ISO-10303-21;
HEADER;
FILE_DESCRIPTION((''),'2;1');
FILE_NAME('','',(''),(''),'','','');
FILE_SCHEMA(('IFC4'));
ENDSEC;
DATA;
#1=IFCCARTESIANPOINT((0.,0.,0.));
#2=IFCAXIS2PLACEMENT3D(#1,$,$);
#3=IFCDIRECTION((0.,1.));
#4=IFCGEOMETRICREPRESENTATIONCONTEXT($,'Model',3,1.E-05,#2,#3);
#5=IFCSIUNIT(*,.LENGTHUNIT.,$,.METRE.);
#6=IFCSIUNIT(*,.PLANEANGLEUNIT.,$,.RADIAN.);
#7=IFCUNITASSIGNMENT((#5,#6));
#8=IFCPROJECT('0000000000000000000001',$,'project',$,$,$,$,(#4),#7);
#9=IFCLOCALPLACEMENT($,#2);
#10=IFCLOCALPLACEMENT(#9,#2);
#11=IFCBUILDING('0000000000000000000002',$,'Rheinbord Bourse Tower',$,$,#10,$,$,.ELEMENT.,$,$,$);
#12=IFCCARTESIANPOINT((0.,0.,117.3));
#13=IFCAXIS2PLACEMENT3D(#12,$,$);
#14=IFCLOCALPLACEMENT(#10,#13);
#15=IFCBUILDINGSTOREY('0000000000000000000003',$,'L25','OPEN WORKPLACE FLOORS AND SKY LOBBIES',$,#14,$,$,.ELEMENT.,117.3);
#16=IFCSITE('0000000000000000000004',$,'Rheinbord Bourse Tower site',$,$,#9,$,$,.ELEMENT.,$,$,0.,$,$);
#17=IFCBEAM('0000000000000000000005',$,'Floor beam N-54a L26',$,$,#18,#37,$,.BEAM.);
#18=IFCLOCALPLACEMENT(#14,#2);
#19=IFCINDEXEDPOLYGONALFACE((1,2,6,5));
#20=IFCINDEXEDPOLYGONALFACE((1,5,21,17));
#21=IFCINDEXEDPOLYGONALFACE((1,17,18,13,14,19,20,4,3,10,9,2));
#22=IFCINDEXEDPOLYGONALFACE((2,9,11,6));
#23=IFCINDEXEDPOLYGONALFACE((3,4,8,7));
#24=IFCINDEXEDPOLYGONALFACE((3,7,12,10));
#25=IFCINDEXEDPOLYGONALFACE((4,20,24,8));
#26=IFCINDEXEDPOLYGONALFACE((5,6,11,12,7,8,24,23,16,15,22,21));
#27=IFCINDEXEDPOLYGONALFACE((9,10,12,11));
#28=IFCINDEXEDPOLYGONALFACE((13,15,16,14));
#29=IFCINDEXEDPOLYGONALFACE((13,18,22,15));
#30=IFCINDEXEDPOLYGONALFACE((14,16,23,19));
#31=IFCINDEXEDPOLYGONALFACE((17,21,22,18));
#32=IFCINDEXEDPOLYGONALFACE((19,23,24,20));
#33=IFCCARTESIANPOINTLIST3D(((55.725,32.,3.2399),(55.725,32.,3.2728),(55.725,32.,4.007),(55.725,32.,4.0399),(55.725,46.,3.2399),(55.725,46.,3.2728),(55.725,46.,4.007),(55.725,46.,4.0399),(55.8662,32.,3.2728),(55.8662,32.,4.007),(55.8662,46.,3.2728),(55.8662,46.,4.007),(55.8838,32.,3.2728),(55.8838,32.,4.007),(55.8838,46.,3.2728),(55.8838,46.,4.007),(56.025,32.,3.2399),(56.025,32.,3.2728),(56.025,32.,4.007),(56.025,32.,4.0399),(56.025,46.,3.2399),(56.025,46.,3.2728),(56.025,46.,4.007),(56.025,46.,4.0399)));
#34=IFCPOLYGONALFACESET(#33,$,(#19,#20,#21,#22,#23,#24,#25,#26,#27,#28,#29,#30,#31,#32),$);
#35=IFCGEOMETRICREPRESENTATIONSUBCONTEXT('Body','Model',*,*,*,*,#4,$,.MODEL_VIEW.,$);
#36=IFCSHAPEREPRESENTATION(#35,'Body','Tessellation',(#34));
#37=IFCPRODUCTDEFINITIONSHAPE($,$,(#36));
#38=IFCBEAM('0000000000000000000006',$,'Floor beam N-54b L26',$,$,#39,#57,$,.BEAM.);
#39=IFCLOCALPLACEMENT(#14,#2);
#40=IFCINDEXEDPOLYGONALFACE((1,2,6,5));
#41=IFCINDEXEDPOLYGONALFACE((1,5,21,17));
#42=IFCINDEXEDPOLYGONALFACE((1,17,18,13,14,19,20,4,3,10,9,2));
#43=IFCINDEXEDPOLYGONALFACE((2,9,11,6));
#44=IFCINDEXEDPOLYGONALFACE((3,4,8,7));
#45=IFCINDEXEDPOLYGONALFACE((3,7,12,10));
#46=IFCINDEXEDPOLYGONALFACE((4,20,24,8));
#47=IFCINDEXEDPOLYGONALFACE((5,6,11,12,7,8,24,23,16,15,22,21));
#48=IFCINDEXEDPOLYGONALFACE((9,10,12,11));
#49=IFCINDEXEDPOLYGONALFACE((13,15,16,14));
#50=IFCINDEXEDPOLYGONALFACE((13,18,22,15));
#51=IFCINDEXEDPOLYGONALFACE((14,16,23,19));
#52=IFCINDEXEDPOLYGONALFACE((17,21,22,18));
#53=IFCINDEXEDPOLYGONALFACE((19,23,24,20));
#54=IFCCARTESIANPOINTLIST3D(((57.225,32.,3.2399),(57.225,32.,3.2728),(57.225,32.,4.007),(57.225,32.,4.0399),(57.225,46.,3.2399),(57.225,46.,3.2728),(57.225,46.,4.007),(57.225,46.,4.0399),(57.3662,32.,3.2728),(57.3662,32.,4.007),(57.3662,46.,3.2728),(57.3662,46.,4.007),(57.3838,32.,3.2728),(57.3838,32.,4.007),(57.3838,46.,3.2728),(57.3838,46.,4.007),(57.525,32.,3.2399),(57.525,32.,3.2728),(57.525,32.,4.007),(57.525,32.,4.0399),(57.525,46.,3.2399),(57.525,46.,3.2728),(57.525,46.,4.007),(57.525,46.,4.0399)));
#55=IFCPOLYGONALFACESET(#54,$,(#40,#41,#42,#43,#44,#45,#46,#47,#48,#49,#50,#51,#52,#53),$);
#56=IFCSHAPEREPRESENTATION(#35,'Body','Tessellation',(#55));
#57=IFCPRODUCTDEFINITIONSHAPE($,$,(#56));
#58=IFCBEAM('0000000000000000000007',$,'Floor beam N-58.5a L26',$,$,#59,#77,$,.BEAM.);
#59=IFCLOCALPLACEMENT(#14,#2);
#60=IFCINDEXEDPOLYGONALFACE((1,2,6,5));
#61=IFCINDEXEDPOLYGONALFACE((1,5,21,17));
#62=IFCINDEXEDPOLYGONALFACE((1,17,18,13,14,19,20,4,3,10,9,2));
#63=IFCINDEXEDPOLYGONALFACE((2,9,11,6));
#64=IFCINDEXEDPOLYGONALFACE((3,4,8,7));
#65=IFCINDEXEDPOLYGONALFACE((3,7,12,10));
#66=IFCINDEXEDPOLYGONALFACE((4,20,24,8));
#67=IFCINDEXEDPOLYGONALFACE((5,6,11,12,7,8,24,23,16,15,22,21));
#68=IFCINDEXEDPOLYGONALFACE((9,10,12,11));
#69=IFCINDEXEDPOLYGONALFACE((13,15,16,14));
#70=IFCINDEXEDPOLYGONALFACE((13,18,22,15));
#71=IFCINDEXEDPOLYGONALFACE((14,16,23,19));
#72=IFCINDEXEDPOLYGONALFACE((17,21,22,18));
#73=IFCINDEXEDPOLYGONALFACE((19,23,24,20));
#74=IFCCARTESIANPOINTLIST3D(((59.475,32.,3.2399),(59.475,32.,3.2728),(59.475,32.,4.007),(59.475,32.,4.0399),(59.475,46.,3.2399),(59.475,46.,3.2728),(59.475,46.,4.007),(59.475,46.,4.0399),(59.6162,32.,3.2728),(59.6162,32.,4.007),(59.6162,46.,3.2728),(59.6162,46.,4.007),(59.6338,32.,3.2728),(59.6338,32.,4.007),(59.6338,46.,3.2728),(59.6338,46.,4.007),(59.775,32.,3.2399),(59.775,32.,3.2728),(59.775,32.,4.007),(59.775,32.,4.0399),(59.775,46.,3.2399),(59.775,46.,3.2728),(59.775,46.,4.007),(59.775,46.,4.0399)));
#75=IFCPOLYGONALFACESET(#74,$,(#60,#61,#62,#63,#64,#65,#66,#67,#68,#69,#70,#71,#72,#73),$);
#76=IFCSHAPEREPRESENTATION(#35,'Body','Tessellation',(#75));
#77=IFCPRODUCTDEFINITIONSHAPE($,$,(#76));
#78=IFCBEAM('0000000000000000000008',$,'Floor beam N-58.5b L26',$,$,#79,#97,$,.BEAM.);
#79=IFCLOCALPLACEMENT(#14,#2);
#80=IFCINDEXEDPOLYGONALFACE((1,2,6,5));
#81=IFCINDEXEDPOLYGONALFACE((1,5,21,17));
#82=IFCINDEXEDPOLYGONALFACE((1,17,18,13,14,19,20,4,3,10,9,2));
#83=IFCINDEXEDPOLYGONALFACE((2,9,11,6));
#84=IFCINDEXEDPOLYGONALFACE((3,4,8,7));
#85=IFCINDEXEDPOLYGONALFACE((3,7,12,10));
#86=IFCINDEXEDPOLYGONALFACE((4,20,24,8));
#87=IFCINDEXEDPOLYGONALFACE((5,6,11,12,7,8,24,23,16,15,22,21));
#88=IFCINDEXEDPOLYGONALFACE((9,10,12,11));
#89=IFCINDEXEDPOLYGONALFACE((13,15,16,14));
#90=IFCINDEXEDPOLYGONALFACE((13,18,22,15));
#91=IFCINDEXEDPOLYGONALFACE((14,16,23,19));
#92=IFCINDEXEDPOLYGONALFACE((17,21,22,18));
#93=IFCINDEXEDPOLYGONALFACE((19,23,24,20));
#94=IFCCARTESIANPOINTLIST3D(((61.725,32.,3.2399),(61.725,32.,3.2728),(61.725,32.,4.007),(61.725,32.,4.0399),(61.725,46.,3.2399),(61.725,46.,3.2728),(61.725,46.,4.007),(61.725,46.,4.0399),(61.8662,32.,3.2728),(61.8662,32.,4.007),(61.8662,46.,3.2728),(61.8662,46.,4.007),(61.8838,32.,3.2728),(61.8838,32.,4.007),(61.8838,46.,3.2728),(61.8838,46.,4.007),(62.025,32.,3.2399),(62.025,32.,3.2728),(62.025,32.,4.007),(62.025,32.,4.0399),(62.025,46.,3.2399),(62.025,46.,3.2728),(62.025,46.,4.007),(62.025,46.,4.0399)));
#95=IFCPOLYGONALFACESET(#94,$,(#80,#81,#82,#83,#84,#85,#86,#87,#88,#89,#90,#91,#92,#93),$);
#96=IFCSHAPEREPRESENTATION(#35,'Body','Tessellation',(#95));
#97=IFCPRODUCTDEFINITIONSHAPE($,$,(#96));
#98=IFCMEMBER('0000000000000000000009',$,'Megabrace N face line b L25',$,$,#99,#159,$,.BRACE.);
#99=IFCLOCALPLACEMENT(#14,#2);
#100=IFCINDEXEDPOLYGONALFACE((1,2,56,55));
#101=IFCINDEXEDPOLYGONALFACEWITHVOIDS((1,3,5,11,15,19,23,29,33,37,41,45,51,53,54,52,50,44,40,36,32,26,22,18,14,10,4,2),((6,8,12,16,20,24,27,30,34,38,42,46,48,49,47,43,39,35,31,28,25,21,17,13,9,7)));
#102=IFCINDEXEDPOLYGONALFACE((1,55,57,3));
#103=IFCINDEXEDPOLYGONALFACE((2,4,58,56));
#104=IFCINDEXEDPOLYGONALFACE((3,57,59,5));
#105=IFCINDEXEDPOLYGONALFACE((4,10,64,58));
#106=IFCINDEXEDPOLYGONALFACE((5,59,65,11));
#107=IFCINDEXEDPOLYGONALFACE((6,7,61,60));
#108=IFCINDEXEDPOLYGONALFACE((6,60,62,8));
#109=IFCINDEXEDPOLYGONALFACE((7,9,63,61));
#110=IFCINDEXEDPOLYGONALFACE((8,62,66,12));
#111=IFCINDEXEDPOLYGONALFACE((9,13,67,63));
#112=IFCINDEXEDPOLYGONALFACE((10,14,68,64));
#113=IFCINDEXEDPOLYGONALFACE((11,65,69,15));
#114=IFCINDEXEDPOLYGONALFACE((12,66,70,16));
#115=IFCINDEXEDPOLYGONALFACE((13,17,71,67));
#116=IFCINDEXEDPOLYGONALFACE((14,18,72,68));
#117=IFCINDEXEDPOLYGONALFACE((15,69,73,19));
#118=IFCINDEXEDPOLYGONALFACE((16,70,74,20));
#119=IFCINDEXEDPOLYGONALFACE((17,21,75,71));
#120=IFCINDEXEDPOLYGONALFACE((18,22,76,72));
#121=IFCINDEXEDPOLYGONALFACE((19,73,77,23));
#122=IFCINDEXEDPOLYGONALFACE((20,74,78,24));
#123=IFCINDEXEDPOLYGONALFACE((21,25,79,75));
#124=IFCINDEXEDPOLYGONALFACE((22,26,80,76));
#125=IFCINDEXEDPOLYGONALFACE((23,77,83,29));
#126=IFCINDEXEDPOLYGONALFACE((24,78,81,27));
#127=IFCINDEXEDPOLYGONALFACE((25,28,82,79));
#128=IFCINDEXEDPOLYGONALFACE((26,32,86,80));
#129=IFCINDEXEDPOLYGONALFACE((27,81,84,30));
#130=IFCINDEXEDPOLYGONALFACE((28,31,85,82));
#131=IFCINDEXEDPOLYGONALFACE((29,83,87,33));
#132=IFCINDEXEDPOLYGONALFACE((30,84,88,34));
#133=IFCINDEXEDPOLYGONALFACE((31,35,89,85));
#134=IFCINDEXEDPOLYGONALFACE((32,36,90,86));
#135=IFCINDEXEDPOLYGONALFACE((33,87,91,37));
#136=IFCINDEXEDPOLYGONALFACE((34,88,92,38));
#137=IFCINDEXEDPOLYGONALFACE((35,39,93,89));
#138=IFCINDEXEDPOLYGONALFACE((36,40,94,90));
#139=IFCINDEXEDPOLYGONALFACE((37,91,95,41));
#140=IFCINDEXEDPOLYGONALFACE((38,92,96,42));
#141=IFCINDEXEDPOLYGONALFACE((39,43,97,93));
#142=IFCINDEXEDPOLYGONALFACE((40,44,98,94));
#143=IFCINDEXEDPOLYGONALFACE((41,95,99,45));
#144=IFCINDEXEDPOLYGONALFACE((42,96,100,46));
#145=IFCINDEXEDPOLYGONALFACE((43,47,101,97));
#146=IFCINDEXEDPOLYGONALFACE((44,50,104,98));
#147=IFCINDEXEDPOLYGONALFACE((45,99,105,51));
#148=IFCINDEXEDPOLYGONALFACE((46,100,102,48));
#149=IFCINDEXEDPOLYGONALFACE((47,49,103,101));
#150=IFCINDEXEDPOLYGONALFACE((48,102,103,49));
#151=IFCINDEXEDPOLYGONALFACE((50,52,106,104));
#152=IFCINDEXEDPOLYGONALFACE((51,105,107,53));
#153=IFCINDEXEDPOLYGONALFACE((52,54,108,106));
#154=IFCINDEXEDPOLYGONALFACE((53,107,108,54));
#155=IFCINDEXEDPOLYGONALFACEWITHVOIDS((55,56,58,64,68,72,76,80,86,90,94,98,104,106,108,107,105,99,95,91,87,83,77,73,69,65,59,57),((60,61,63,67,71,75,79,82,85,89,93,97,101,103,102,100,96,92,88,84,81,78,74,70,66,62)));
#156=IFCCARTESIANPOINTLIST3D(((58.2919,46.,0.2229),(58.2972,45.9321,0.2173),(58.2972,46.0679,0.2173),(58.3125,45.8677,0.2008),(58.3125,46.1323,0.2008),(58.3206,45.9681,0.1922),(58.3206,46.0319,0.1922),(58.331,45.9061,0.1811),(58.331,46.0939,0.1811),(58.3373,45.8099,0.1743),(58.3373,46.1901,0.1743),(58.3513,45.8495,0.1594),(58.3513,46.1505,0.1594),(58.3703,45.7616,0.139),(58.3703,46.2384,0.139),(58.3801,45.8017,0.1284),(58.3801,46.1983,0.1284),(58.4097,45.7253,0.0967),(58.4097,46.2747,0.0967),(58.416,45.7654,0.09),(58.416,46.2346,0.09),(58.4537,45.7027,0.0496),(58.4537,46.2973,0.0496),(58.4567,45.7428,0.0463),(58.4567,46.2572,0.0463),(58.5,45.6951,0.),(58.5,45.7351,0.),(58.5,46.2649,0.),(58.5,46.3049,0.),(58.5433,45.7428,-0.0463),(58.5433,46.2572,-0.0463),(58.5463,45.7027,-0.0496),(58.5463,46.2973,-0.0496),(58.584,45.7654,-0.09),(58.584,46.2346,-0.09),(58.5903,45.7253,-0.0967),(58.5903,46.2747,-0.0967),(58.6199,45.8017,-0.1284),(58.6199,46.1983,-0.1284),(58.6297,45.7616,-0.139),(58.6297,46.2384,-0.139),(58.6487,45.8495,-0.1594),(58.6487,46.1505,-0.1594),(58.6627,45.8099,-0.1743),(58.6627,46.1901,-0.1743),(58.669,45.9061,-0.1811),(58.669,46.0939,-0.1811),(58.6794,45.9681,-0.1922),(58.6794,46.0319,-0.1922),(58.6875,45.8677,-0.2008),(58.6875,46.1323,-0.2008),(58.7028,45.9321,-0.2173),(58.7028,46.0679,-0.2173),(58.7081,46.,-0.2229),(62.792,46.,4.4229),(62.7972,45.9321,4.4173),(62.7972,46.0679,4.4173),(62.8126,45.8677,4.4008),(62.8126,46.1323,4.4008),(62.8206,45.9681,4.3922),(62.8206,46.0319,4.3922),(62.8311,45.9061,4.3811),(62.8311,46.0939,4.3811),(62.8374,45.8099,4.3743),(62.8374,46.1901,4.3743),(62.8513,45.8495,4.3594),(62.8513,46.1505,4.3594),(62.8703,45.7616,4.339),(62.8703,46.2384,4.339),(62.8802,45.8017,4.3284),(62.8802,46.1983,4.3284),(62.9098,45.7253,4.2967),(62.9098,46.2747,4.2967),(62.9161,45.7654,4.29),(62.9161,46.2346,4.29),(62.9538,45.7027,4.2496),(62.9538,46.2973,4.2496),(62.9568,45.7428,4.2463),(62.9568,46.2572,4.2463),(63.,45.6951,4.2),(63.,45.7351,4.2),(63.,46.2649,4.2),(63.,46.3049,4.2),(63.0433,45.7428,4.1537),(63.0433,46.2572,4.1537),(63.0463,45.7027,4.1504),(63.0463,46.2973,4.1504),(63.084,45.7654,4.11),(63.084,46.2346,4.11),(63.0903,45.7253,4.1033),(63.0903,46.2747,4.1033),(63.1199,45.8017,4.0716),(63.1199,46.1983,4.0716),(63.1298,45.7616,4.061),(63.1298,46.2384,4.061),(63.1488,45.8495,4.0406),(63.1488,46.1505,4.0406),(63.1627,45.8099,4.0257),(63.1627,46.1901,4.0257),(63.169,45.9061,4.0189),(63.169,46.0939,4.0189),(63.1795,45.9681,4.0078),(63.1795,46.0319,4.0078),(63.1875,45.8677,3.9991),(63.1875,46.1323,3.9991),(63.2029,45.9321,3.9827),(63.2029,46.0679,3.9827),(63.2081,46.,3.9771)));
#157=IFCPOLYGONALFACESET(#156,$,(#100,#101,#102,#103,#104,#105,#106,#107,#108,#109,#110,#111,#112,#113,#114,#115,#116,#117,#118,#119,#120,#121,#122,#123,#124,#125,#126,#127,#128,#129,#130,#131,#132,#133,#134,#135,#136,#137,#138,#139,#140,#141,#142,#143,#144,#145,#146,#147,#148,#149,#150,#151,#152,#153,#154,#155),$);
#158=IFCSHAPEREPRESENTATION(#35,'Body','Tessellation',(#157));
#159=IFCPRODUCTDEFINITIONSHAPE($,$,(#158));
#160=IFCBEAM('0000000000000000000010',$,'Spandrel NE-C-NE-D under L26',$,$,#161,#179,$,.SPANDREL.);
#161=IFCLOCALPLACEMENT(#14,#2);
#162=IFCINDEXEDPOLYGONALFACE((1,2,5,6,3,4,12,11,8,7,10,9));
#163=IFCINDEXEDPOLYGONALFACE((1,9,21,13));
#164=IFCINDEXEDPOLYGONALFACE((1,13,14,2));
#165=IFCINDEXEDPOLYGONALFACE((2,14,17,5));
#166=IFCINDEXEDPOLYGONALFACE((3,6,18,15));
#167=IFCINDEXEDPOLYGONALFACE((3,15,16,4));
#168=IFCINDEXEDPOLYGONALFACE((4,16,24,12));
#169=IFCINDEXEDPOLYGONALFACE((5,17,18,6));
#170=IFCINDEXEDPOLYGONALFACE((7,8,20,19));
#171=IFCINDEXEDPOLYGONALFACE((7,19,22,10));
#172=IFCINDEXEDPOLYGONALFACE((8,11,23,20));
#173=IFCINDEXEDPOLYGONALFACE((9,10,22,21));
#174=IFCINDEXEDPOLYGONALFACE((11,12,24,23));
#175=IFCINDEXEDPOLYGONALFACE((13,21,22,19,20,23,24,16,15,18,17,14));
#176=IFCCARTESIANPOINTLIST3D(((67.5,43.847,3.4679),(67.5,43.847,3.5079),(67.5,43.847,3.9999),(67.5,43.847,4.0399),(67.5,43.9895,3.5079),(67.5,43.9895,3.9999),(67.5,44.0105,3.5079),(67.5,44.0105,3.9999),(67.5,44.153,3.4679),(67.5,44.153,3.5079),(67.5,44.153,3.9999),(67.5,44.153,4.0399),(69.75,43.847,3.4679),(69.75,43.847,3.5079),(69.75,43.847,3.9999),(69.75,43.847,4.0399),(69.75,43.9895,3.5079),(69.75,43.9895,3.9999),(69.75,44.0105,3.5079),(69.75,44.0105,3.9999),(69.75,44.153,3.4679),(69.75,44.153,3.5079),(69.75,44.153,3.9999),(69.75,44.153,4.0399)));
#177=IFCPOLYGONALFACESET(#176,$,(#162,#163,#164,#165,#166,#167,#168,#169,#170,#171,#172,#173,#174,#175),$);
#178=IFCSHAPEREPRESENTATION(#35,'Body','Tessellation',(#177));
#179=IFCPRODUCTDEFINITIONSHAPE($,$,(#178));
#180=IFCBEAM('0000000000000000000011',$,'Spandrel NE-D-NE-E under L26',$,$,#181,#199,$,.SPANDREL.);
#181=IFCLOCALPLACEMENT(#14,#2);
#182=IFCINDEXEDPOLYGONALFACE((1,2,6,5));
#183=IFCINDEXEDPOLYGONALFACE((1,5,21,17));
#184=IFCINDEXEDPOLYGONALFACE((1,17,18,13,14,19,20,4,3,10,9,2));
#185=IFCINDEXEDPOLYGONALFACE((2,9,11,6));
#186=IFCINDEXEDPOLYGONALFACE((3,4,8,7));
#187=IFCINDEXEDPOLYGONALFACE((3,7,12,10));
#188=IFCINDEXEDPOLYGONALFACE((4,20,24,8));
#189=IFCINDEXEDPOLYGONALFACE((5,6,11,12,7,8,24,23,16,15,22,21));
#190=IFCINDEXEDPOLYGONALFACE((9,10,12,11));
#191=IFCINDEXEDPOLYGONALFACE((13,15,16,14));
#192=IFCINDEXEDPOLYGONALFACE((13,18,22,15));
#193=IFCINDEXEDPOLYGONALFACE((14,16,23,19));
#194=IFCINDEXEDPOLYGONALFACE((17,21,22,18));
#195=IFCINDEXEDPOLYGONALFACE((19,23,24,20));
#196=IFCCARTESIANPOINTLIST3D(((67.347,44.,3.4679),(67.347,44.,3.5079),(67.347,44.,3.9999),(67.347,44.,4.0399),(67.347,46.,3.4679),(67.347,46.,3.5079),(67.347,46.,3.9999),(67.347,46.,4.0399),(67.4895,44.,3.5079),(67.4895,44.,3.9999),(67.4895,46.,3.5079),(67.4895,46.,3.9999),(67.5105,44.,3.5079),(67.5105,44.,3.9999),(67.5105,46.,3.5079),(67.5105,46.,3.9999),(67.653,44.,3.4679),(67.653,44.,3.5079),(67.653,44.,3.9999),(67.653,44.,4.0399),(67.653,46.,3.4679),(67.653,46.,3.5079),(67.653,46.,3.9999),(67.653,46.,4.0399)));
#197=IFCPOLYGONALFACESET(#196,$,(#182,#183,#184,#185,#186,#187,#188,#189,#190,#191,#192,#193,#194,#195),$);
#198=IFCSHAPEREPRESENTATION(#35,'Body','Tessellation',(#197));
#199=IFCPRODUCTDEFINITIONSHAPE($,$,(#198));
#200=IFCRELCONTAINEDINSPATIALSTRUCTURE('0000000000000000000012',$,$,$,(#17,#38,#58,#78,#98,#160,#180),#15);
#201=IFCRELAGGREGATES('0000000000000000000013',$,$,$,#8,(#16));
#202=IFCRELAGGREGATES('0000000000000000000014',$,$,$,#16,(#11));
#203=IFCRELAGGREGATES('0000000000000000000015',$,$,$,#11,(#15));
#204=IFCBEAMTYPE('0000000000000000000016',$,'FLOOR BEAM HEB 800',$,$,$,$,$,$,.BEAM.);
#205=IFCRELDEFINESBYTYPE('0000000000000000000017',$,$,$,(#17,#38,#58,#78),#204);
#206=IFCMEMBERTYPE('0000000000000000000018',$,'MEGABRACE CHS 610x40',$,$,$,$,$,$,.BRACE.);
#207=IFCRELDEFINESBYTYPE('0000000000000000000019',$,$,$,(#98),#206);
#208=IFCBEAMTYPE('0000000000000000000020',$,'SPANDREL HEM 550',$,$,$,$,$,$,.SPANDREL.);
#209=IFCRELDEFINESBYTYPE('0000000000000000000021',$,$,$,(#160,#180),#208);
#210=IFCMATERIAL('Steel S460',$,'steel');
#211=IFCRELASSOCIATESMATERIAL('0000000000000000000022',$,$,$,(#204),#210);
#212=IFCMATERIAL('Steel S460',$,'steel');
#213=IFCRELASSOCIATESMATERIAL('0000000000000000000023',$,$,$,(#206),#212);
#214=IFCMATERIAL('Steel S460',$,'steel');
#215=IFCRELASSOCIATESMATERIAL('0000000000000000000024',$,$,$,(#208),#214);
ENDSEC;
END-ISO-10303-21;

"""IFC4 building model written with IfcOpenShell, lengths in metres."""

from ifc_helpers import new_model, si_unit, direction, frame, origin, origin_2d, place, context, subcontext, project, spatial, hollow_circle, i_section, extrude, material, material_profile, profile_set, type_object, element, save


model = new_model("IFC4")

# Units and contexts
model_context = context("Model", 3, precision=1e-05, world=origin(), true_north=direction((0.0, 1.0)))
body_context = subcontext(model_context, "Body", "Model", "MODEL_VIEW")
ifc_project = project(units=[si_unit("LENGTHUNIT", "METRE"), si_unit("PLANEANGLEUNIT", "RADIAN")], contexts=[model_context])

# Site, building, storey
site_placement = place(None, origin())
site = spatial("IfcSite", under=ifc_project, at=site_placement, Name="Rheinbord Bourse Tower site", CompositionType="ELEMENT", RefElevation=0.0)
building_placement = place(site_placement, origin())
building = spatial("IfcBuilding", under=site, at=building_placement, Name="Rheinbord Bourse Tower", CompositionType="ELEMENT")
storey_placement = place(building_placement, frame((0.0, 0.0, 117.3)))
storey = spatial("IfcBuildingStorey", under=building, at=storey_placement, Name="L25", Description="OPEN WORKPLACE FLOORS AND SKY LOBBIES", CompositionType="ELEMENT", Elevation=117.3)

# Beams
ifc_material_1 = material(Name="Steel S460", Category="steel")
ifc_material_profile_1 = material_profile(ifc_material_1, i_section(OverallWidth=0.3, OverallDepth=0.8, WebThickness=0.0176, FlangeThickness=0.033, at=origin_2d()), Name="HEB 800")
ifc_profile_set_1 = profile_set([ifc_material_profile_1], Name="Steel S460")
beam_type_1 = type_object("IfcBeamType", Name="FLOOR BEAM HEB 800", PredefinedType="BEAM", material=ifc_profile_set_1)
for number, where, z_axis, x_axis, name in (
    (1, (55.875, 46.0, 3.6399), (0.0, -1.0, 0.0), (1.0, 0.0, 0.0), "Floor beam N-54a L26"),
    (2, (57.375, 46.0, 3.6399), (0.0, -1.0, 0.0), (1.0, 0.0, 0.0), "Floor beam N-54b L26"),
    (3, (59.625, 46.0, 3.6399), (0.0, -1.0, 0.0), (1.0, 0.0, 0.0), "Floor beam N-58.5a L26"),
    (4, (61.875, 46.0, 3.6399), (0.0, -1.0, 0.0), (1.0, 0.0, 0.0), "Floor beam N-58.5b L26"),
):
    element("IfcBeam", number, at=place(storey_placement, frame(where, z_axis=z_axis, x_axis=x_axis)), inside=storey, type_object=beam_type_1, Name=name, PredefinedType="BEAM", context=body_context, shape_type="SweptSolid", body=[
        extrude(i_section(OverallWidth=0.3, OverallDepth=0.8, WebThickness=0.0176, FlangeThickness=0.033, at=origin_2d()), origin(), (0.0, 0.0, 1.0), 14.0),
    ])

# Member
ifc_material_2 = material(Name="Steel S460", Category="steel")
ifc_material_profile_2 = material_profile(ifc_material_2, hollow_circle(Radius=0.3049, WallThickness=0.04, at=origin_2d()), Name="CHS 610x40")
ifc_profile_set_2 = profile_set([ifc_material_profile_2], Name="Steel S460")
member_type_1 = type_object("IfcMemberType", Name="MEGABRACE CHS 610x40", PredefinedType="BRACE", material=ifc_profile_set_2)
member_1_placement = place(storey_placement, frame((58.5, 46.0, 0.0), z_axis=(0.731059, 0.0, 0.682314), x_axis=(0.0, 1.0, 0.0)))
element("IfcMember", 5, at=member_1_placement, inside=storey, type_object=member_type_1, Name="Megabrace N face line b L25", PredefinedType="BRACE", context=body_context, shape_type="SweptSolid", body=[
    extrude(hollow_circle(Radius=0.3049, WallThickness=0.04, at=origin_2d()), origin(), (0.0, 0.0, 1.0), 6.1555),
])

# Beams
ifc_material_3 = material(Name="Steel S460", Category="steel")
ifc_material_profile_3 = material_profile(ifc_material_3, i_section(OverallWidth=0.3059, OverallDepth=0.572, WebThickness=0.021, FlangeThickness=0.04, at=origin_2d()), Name="HEM 550")
ifc_profile_set_3 = profile_set([ifc_material_profile_3], Name="Steel S460")
beam_type_2 = type_object("IfcBeamType", Name="SPANDREL HEM 550", PredefinedType="SPANDREL", material=ifc_profile_set_3)
beam_1_placement = place(storey_placement, frame((69.75, 44.0, 3.7539), z_axis=(-1.0, 0.0, 0.0), x_axis=(0.0, -1.0, 0.0)))
element("IfcBeam", 6, at=beam_1_placement, inside=storey, type_object=beam_type_2, Name="Spandrel NE-C-NE-D under L26", PredefinedType="SPANDREL", context=body_context, shape_type="SweptSolid", body=[
    extrude(i_section(OverallWidth=0.3059, OverallDepth=0.572, WebThickness=0.021, FlangeThickness=0.04, at=origin_2d()), origin(), (0.0, 0.0, 1.0), 2.25),
])
beam_2_placement = place(storey_placement, frame((67.5, 44.0, 3.7539), z_axis=(0.0, 1.0, 0.0), x_axis=(-1.0, 0.0, 0.0)))
element("IfcBeam", 7, at=beam_2_placement, inside=storey, type_object=beam_type_2, Name="Spandrel NE-D-NE-E under L26", PredefinedType="SPANDREL", context=body_context, shape_type="SweptSolid", body=[
    extrude(i_section(OverallWidth=0.3059, OverallDepth=0.572, WebThickness=0.021, FlangeThickness=0.04, at=origin_2d()), origin(), (0.0, 0.0, 1.0), 2.0),
])

save(model, "model.ifc")
